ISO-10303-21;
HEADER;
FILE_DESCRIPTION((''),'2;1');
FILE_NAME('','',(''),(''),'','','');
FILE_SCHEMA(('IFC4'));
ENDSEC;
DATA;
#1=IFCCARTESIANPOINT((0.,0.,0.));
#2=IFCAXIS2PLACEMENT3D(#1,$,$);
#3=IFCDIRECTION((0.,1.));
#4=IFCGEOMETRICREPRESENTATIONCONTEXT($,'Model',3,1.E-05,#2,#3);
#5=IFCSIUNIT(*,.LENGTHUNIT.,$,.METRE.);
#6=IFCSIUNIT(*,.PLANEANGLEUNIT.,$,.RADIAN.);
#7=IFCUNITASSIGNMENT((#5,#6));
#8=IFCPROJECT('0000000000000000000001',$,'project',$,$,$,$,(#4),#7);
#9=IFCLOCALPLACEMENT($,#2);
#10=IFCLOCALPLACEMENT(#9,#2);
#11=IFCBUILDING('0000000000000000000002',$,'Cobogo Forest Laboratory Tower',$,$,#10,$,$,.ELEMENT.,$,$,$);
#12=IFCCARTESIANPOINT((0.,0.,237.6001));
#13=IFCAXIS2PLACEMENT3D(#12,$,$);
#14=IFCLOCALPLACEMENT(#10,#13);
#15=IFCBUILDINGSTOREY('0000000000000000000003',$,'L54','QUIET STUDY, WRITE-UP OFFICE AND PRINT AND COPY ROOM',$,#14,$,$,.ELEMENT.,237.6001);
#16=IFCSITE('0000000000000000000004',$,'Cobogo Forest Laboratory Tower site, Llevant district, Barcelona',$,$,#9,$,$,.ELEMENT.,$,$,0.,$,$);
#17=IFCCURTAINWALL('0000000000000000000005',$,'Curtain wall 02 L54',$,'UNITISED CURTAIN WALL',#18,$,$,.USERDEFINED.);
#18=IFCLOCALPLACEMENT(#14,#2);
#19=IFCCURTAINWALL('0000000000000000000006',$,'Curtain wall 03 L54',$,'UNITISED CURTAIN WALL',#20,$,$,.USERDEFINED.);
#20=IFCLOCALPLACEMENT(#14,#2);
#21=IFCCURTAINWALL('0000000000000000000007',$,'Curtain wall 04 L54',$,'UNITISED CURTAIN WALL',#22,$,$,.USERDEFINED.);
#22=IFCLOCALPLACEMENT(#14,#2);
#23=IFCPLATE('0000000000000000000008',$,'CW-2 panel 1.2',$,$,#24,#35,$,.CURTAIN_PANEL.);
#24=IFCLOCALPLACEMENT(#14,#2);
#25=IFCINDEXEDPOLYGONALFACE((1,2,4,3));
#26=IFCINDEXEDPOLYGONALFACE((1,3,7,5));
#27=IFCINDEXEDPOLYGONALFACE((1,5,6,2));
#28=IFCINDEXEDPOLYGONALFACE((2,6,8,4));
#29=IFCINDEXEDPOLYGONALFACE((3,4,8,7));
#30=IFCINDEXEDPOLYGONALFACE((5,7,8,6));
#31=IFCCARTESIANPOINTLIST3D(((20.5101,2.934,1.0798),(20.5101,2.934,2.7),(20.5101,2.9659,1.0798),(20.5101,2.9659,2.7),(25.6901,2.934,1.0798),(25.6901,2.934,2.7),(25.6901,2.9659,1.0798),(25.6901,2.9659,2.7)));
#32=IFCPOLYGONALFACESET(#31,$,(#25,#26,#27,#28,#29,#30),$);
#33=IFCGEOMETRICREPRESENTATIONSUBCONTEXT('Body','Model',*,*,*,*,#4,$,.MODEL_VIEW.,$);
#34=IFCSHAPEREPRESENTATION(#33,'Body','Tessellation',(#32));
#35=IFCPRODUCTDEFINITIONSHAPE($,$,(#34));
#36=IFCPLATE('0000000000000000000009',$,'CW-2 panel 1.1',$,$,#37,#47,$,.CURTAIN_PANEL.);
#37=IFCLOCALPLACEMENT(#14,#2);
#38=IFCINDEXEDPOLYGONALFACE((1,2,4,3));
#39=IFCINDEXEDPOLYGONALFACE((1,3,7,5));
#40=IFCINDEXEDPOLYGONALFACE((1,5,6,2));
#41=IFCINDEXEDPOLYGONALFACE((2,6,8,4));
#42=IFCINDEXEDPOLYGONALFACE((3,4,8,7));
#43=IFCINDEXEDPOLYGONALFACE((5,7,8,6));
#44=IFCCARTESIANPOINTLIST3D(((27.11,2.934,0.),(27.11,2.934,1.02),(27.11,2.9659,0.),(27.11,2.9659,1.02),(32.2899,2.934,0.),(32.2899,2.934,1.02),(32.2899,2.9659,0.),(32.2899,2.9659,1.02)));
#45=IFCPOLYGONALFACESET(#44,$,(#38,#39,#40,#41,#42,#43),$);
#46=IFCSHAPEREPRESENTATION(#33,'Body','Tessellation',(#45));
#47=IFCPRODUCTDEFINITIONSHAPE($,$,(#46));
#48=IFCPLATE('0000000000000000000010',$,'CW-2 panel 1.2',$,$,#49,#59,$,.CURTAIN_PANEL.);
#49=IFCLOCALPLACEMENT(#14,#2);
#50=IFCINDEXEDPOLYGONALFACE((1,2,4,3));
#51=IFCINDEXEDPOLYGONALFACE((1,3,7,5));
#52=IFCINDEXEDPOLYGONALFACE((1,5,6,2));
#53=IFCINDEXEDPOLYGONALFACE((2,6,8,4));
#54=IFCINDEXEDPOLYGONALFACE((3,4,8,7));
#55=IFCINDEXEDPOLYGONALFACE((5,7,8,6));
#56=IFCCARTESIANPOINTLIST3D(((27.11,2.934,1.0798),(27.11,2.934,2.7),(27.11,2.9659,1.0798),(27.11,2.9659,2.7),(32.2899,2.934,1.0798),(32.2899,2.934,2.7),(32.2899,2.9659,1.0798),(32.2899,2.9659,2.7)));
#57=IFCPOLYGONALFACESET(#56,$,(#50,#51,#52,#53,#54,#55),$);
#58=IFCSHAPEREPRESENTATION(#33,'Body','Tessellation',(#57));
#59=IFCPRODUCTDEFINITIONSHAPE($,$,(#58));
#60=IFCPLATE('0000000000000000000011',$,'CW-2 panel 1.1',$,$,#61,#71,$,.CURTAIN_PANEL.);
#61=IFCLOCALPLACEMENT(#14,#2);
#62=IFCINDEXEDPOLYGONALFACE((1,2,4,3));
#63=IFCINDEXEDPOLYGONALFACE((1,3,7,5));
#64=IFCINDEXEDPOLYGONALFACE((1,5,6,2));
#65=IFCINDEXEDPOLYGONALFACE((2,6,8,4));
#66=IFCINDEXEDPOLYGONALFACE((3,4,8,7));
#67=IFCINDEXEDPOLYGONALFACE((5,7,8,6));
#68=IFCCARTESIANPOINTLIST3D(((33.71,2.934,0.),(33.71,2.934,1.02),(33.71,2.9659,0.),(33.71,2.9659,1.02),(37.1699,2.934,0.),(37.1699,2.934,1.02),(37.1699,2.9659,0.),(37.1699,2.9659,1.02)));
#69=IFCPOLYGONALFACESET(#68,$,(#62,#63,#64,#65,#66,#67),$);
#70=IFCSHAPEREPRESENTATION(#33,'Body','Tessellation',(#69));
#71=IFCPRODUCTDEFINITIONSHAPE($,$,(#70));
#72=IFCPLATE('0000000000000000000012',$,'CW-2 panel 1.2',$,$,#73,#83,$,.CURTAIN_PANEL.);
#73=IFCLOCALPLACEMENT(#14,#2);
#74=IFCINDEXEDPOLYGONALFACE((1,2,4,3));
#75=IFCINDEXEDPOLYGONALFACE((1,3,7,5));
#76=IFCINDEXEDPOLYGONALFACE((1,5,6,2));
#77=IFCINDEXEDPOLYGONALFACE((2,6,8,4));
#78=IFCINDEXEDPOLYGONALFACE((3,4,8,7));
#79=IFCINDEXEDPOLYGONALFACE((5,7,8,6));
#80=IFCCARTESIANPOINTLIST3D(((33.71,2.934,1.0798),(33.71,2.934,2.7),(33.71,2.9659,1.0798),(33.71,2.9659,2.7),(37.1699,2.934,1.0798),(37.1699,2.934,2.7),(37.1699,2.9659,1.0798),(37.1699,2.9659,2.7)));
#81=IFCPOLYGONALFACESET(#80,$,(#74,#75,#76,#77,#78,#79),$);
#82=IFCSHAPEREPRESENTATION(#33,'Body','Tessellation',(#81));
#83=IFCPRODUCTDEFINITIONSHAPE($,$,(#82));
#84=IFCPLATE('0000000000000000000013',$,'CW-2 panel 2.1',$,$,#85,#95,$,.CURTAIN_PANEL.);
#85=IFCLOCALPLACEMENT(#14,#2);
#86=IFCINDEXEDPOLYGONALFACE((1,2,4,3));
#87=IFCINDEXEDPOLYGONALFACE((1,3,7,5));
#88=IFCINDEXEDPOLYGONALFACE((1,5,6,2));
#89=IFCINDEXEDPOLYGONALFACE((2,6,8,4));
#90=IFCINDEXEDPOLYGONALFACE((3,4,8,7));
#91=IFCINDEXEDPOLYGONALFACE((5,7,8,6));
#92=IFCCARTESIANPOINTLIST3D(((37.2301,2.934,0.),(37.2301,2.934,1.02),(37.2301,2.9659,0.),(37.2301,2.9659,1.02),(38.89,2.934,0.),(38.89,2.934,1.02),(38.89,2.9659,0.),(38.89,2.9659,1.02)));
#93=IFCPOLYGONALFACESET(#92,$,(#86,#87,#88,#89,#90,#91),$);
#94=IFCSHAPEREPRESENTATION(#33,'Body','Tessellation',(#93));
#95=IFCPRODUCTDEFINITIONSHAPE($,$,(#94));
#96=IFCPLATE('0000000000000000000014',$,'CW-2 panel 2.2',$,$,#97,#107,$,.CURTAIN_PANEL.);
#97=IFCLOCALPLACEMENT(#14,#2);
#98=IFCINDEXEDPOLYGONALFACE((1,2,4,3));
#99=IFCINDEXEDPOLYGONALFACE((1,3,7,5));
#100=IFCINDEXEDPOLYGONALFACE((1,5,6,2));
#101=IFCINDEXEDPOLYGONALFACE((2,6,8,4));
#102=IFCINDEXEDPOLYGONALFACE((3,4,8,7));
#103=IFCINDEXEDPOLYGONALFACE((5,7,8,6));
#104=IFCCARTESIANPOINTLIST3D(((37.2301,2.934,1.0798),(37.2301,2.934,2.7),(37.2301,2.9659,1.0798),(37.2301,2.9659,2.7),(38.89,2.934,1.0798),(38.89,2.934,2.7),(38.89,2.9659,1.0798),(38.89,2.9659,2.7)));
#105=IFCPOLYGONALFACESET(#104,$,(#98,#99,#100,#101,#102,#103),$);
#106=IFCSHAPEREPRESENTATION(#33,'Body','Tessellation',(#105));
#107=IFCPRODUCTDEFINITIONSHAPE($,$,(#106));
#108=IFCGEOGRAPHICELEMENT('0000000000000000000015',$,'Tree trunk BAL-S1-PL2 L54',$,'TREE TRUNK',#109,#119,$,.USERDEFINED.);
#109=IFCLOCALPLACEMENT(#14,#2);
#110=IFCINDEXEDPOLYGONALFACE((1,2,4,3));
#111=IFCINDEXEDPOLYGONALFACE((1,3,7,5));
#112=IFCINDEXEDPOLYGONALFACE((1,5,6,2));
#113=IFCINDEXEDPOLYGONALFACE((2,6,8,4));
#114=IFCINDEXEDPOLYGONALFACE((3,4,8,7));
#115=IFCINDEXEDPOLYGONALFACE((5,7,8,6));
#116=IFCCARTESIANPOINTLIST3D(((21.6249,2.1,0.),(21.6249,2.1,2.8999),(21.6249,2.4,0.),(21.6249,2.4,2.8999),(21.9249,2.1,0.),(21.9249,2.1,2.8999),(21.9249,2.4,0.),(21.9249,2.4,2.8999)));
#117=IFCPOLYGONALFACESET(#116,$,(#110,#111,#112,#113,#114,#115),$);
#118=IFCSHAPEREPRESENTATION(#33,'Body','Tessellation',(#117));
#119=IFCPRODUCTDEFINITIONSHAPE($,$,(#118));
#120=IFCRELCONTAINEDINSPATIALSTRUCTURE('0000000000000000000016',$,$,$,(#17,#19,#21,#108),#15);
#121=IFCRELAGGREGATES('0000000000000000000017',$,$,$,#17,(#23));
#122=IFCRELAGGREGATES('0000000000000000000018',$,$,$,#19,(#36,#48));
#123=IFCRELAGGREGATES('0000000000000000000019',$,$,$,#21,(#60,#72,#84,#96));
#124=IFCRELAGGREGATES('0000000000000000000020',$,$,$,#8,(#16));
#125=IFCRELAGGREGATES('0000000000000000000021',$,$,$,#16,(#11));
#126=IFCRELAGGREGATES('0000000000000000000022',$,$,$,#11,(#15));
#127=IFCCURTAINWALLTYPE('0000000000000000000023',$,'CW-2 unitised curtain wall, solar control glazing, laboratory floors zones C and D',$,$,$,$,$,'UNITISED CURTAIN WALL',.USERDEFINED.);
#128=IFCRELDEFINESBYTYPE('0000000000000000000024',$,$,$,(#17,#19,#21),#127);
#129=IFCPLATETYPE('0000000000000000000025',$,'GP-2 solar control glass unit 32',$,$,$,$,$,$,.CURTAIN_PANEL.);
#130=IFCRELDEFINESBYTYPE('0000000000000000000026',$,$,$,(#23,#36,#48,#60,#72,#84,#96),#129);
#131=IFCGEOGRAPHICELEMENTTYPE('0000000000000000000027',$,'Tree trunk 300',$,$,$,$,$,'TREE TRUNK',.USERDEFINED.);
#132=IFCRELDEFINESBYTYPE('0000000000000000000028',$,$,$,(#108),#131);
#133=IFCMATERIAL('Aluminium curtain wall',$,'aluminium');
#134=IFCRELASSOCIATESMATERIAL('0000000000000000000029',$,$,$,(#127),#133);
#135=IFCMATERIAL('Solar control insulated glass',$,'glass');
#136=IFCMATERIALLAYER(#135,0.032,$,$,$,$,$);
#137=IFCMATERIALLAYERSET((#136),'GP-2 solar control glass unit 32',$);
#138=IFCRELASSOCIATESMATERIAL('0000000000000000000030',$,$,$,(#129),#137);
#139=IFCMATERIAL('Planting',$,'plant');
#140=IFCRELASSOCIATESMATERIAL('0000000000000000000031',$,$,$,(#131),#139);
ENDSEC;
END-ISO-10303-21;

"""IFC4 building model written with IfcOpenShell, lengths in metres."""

from ifc_helpers import new_model, si_unit, direction, frame, origin, origin_2d, place, context, subcontext, project, spatial, rectangle, extrude, material, layer, layer_set, type_object, element, aggregate, save


model = new_model("IFC4")

# Units and contexts
model_context = context("Model", 3, precision=1e-05, world=origin(), true_north=direction((0.0, 1.0)))
body_context = subcontext(model_context, "Body", "Model", "MODEL_VIEW")
ifc_project = project(units=[si_unit("LENGTHUNIT", "METRE"), si_unit("PLANEANGLEUNIT", "RADIAN")], contexts=[model_context])

# Site, building, storey
site_placement = place(None, origin())
site = spatial("IfcSite", under=ifc_project, at=site_placement, Name="Cobogo Forest Laboratory Tower site, Llevant district, Barcelona", CompositionType="ELEMENT", RefElevation=0.0)
building_placement = place(site_placement, origin())
building = spatial("IfcBuilding", under=site, at=building_placement, Name="Cobogo Forest Laboratory Tower", CompositionType="ELEMENT")
storey_placement = place(building_placement, frame((0.0, 0.0, 237.6001)))
storey = spatial("IfcBuildingStorey", under=building, at=storey_placement, Name="L54", Description="QUIET STUDY, WRITE-UP OFFICE AND PRINT AND COPY ROOM", CompositionType="ELEMENT", Elevation=237.6001)

# Curtain walls
ifc_material_1 = material(Name="Aluminium curtain wall", Category="aluminium")
curtain_wall_type = type_object("IfcCurtainWallType", Name="CW-2 unitised curtain wall, solar control glazing, laboratory floors zones C and D", ElementType="UNITISED CURTAIN WALL", PredefinedType="USERDEFINED", material=ifc_material_1)
curtain_wall_1_placement = place(storey_placement, origin())
curtain_wall_1 = element("IfcCurtainWall", 1, at=curtain_wall_1_placement, inside=storey, type_object=curtain_wall_type, Name="Curtain wall 02 L54", ObjectType="UNITISED CURTAIN WALL", PredefinedType="USERDEFINED")
curtain_wall_2_placement = place(storey_placement, origin())
curtain_wall_2 = element("IfcCurtainWall", 2, at=curtain_wall_2_placement, inside=storey, type_object=curtain_wall_type, Name="Curtain wall 03 L54", ObjectType="UNITISED CURTAIN WALL", PredefinedType="USERDEFINED")
curtain_wall_3_placement = place(storey_placement, origin())
curtain_wall_3 = element("IfcCurtainWall", 3, at=curtain_wall_3_placement, inside=storey, type_object=curtain_wall_type, Name="Curtain wall 04 L54", ObjectType="UNITISED CURTAIN WALL", PredefinedType="USERDEFINED")

# Plates
ifc_material_2 = material(Name="Solar control insulated glass", Category="glass")
ifc_layer = layer(ifc_material_2, 0.032)
ifc_layer_set = layer_set([ifc_layer], Name="GP-2 solar control glass unit 32")
plate_type_1 = type_object("IfcPlateType", Name="GP-2 solar control glass unit 32", PredefinedType="CURTAIN_PANEL", material=ifc_layer_set)
plate_1_placement = place(storey_placement, frame((23.1001, 2.95, 1.0798), z_axis=(0.0, 0.0, 1.0), x_axis=(1.0, 0.0, 0.0)))
plate_1 = element("IfcPlate", 4, at=plate_1_placement, type_object=plate_type_1, Name="CW-2 panel 1.2", PredefinedType="CURTAIN_PANEL", context=body_context, shape_type="SweptSolid", body=[
    extrude(rectangle(XDim=5.1799, YDim=0.032, at=origin_2d()), origin(), (0.0, 0.0, 1.0), 1.6201),
])
aggregate(curtain_wall_1, [plate_1])
plate_2_placement = place(storey_placement, frame((29.7, 2.95, 0.0), z_axis=(0.0, 0.0, 1.0), x_axis=(1.0, 0.0, 0.0)))
plate_2 = element("IfcPlate", 5, at=plate_2_placement, type_object=plate_type_1, Name="CW-2 panel 1.1", PredefinedType="CURTAIN_PANEL", context=body_context, shape_type="SweptSolid", body=[
    extrude(rectangle(XDim=5.1799, YDim=0.032, at=origin_2d()), origin(), (0.0, 0.0, 1.0), 1.02),
])
plate_3_placement = place(storey_placement, frame((29.7, 2.95, 1.0798), z_axis=(0.0, 0.0, 1.0), x_axis=(1.0, 0.0, 0.0)))
plate_3 = element("IfcPlate", 6, at=plate_3_placement, type_object=plate_type_1, Name="CW-2 panel 1.2", PredefinedType="CURTAIN_PANEL", context=body_context, shape_type="SweptSolid", body=[
    extrude(rectangle(XDim=5.1799, YDim=0.032, at=origin_2d()), origin(), (0.0, 0.0, 1.0), 1.6201),
])
aggregate(curtain_wall_2, [plate_2, plate_3])
plate_4_placement = place(storey_placement, frame((35.4399, 2.95, 0.0), z_axis=(0.0, 0.0, 1.0), x_axis=(1.0, 0.0, 0.0)))
plate_4 = element("IfcPlate", 7, at=plate_4_placement, type_object=plate_type_1, Name="CW-2 panel 1.1", PredefinedType="CURTAIN_PANEL", context=body_context, shape_type="SweptSolid", body=[
    extrude(rectangle(XDim=3.46, YDim=0.032, at=origin_2d()), origin(), (0.0, 0.0, 1.0), 1.02),
])
plate_5_placement = place(storey_placement, frame((35.4399, 2.95, 1.0798), z_axis=(0.0, 0.0, 1.0), x_axis=(1.0, 0.0, 0.0)))
plate_5 = element("IfcPlate", 8, at=plate_5_placement, type_object=plate_type_1, Name="CW-2 panel 1.2", PredefinedType="CURTAIN_PANEL", context=body_context, shape_type="SweptSolid", body=[
    extrude(rectangle(XDim=3.46, YDim=0.032, at=origin_2d()), origin(), (0.0, 0.0, 1.0), 1.6201),
])
plate_6_placement = place(storey_placement, frame((38.0601, 2.95, 0.0), z_axis=(0.0, 0.0, 1.0), x_axis=(1.0, 0.0, 0.0)))
plate_6 = element("IfcPlate", 9, at=plate_6_placement, type_object=plate_type_1, Name="CW-2 panel 2.1", PredefinedType="CURTAIN_PANEL", context=body_context, shape_type="SweptSolid", body=[
    extrude(rectangle(XDim=1.6599, YDim=0.032, at=origin_2d()), origin(), (0.0, 0.0, 1.0), 1.02),
])
plate_7_placement = place(storey_placement, frame((38.0601, 2.95, 1.0798), z_axis=(0.0, 0.0, 1.0), x_axis=(1.0, 0.0, 0.0)))
plate_7 = element("IfcPlate", 10, at=plate_7_placement, type_object=plate_type_1, Name="CW-2 panel 2.2", PredefinedType="CURTAIN_PANEL", context=body_context, shape_type="SweptSolid", body=[
    extrude(rectangle(XDim=1.6599, YDim=0.032, at=origin_2d()), origin(), (0.0, 0.0, 1.0), 1.6201),
])
aggregate(curtain_wall_3, [plate_4, plate_5, plate_6, plate_7])

# Geographic element
ifc_material_3 = material(Name="Planting", Category="plant")
geographic_element_type = type_object("IfcGeographicElementType", Name="Tree trunk 300", ElementType="TREE TRUNK", PredefinedType="USERDEFINED", material=ifc_material_3)
geographic_element_placement = place(storey_placement, frame((21.7749, 2.25, 0.0), z_axis=(0.0, 0.0, 1.0), x_axis=(1.0, 0.0, 0.0)))
element("IfcGeographicElement", 11, at=geographic_element_placement, inside=storey, type_object=geographic_element_type, Name="Tree trunk BAL-S1-PL2 L54", ObjectType="TREE TRUNK", PredefinedType="USERDEFINED", context=body_context, shape_type="SweptSolid", body=[
    extrude(rectangle(XDim=0.3, YDim=0.3, at=origin_2d()), origin(), (0.0, 0.0, 1.0), 2.8999),
])

save(model, "model.ifc")
